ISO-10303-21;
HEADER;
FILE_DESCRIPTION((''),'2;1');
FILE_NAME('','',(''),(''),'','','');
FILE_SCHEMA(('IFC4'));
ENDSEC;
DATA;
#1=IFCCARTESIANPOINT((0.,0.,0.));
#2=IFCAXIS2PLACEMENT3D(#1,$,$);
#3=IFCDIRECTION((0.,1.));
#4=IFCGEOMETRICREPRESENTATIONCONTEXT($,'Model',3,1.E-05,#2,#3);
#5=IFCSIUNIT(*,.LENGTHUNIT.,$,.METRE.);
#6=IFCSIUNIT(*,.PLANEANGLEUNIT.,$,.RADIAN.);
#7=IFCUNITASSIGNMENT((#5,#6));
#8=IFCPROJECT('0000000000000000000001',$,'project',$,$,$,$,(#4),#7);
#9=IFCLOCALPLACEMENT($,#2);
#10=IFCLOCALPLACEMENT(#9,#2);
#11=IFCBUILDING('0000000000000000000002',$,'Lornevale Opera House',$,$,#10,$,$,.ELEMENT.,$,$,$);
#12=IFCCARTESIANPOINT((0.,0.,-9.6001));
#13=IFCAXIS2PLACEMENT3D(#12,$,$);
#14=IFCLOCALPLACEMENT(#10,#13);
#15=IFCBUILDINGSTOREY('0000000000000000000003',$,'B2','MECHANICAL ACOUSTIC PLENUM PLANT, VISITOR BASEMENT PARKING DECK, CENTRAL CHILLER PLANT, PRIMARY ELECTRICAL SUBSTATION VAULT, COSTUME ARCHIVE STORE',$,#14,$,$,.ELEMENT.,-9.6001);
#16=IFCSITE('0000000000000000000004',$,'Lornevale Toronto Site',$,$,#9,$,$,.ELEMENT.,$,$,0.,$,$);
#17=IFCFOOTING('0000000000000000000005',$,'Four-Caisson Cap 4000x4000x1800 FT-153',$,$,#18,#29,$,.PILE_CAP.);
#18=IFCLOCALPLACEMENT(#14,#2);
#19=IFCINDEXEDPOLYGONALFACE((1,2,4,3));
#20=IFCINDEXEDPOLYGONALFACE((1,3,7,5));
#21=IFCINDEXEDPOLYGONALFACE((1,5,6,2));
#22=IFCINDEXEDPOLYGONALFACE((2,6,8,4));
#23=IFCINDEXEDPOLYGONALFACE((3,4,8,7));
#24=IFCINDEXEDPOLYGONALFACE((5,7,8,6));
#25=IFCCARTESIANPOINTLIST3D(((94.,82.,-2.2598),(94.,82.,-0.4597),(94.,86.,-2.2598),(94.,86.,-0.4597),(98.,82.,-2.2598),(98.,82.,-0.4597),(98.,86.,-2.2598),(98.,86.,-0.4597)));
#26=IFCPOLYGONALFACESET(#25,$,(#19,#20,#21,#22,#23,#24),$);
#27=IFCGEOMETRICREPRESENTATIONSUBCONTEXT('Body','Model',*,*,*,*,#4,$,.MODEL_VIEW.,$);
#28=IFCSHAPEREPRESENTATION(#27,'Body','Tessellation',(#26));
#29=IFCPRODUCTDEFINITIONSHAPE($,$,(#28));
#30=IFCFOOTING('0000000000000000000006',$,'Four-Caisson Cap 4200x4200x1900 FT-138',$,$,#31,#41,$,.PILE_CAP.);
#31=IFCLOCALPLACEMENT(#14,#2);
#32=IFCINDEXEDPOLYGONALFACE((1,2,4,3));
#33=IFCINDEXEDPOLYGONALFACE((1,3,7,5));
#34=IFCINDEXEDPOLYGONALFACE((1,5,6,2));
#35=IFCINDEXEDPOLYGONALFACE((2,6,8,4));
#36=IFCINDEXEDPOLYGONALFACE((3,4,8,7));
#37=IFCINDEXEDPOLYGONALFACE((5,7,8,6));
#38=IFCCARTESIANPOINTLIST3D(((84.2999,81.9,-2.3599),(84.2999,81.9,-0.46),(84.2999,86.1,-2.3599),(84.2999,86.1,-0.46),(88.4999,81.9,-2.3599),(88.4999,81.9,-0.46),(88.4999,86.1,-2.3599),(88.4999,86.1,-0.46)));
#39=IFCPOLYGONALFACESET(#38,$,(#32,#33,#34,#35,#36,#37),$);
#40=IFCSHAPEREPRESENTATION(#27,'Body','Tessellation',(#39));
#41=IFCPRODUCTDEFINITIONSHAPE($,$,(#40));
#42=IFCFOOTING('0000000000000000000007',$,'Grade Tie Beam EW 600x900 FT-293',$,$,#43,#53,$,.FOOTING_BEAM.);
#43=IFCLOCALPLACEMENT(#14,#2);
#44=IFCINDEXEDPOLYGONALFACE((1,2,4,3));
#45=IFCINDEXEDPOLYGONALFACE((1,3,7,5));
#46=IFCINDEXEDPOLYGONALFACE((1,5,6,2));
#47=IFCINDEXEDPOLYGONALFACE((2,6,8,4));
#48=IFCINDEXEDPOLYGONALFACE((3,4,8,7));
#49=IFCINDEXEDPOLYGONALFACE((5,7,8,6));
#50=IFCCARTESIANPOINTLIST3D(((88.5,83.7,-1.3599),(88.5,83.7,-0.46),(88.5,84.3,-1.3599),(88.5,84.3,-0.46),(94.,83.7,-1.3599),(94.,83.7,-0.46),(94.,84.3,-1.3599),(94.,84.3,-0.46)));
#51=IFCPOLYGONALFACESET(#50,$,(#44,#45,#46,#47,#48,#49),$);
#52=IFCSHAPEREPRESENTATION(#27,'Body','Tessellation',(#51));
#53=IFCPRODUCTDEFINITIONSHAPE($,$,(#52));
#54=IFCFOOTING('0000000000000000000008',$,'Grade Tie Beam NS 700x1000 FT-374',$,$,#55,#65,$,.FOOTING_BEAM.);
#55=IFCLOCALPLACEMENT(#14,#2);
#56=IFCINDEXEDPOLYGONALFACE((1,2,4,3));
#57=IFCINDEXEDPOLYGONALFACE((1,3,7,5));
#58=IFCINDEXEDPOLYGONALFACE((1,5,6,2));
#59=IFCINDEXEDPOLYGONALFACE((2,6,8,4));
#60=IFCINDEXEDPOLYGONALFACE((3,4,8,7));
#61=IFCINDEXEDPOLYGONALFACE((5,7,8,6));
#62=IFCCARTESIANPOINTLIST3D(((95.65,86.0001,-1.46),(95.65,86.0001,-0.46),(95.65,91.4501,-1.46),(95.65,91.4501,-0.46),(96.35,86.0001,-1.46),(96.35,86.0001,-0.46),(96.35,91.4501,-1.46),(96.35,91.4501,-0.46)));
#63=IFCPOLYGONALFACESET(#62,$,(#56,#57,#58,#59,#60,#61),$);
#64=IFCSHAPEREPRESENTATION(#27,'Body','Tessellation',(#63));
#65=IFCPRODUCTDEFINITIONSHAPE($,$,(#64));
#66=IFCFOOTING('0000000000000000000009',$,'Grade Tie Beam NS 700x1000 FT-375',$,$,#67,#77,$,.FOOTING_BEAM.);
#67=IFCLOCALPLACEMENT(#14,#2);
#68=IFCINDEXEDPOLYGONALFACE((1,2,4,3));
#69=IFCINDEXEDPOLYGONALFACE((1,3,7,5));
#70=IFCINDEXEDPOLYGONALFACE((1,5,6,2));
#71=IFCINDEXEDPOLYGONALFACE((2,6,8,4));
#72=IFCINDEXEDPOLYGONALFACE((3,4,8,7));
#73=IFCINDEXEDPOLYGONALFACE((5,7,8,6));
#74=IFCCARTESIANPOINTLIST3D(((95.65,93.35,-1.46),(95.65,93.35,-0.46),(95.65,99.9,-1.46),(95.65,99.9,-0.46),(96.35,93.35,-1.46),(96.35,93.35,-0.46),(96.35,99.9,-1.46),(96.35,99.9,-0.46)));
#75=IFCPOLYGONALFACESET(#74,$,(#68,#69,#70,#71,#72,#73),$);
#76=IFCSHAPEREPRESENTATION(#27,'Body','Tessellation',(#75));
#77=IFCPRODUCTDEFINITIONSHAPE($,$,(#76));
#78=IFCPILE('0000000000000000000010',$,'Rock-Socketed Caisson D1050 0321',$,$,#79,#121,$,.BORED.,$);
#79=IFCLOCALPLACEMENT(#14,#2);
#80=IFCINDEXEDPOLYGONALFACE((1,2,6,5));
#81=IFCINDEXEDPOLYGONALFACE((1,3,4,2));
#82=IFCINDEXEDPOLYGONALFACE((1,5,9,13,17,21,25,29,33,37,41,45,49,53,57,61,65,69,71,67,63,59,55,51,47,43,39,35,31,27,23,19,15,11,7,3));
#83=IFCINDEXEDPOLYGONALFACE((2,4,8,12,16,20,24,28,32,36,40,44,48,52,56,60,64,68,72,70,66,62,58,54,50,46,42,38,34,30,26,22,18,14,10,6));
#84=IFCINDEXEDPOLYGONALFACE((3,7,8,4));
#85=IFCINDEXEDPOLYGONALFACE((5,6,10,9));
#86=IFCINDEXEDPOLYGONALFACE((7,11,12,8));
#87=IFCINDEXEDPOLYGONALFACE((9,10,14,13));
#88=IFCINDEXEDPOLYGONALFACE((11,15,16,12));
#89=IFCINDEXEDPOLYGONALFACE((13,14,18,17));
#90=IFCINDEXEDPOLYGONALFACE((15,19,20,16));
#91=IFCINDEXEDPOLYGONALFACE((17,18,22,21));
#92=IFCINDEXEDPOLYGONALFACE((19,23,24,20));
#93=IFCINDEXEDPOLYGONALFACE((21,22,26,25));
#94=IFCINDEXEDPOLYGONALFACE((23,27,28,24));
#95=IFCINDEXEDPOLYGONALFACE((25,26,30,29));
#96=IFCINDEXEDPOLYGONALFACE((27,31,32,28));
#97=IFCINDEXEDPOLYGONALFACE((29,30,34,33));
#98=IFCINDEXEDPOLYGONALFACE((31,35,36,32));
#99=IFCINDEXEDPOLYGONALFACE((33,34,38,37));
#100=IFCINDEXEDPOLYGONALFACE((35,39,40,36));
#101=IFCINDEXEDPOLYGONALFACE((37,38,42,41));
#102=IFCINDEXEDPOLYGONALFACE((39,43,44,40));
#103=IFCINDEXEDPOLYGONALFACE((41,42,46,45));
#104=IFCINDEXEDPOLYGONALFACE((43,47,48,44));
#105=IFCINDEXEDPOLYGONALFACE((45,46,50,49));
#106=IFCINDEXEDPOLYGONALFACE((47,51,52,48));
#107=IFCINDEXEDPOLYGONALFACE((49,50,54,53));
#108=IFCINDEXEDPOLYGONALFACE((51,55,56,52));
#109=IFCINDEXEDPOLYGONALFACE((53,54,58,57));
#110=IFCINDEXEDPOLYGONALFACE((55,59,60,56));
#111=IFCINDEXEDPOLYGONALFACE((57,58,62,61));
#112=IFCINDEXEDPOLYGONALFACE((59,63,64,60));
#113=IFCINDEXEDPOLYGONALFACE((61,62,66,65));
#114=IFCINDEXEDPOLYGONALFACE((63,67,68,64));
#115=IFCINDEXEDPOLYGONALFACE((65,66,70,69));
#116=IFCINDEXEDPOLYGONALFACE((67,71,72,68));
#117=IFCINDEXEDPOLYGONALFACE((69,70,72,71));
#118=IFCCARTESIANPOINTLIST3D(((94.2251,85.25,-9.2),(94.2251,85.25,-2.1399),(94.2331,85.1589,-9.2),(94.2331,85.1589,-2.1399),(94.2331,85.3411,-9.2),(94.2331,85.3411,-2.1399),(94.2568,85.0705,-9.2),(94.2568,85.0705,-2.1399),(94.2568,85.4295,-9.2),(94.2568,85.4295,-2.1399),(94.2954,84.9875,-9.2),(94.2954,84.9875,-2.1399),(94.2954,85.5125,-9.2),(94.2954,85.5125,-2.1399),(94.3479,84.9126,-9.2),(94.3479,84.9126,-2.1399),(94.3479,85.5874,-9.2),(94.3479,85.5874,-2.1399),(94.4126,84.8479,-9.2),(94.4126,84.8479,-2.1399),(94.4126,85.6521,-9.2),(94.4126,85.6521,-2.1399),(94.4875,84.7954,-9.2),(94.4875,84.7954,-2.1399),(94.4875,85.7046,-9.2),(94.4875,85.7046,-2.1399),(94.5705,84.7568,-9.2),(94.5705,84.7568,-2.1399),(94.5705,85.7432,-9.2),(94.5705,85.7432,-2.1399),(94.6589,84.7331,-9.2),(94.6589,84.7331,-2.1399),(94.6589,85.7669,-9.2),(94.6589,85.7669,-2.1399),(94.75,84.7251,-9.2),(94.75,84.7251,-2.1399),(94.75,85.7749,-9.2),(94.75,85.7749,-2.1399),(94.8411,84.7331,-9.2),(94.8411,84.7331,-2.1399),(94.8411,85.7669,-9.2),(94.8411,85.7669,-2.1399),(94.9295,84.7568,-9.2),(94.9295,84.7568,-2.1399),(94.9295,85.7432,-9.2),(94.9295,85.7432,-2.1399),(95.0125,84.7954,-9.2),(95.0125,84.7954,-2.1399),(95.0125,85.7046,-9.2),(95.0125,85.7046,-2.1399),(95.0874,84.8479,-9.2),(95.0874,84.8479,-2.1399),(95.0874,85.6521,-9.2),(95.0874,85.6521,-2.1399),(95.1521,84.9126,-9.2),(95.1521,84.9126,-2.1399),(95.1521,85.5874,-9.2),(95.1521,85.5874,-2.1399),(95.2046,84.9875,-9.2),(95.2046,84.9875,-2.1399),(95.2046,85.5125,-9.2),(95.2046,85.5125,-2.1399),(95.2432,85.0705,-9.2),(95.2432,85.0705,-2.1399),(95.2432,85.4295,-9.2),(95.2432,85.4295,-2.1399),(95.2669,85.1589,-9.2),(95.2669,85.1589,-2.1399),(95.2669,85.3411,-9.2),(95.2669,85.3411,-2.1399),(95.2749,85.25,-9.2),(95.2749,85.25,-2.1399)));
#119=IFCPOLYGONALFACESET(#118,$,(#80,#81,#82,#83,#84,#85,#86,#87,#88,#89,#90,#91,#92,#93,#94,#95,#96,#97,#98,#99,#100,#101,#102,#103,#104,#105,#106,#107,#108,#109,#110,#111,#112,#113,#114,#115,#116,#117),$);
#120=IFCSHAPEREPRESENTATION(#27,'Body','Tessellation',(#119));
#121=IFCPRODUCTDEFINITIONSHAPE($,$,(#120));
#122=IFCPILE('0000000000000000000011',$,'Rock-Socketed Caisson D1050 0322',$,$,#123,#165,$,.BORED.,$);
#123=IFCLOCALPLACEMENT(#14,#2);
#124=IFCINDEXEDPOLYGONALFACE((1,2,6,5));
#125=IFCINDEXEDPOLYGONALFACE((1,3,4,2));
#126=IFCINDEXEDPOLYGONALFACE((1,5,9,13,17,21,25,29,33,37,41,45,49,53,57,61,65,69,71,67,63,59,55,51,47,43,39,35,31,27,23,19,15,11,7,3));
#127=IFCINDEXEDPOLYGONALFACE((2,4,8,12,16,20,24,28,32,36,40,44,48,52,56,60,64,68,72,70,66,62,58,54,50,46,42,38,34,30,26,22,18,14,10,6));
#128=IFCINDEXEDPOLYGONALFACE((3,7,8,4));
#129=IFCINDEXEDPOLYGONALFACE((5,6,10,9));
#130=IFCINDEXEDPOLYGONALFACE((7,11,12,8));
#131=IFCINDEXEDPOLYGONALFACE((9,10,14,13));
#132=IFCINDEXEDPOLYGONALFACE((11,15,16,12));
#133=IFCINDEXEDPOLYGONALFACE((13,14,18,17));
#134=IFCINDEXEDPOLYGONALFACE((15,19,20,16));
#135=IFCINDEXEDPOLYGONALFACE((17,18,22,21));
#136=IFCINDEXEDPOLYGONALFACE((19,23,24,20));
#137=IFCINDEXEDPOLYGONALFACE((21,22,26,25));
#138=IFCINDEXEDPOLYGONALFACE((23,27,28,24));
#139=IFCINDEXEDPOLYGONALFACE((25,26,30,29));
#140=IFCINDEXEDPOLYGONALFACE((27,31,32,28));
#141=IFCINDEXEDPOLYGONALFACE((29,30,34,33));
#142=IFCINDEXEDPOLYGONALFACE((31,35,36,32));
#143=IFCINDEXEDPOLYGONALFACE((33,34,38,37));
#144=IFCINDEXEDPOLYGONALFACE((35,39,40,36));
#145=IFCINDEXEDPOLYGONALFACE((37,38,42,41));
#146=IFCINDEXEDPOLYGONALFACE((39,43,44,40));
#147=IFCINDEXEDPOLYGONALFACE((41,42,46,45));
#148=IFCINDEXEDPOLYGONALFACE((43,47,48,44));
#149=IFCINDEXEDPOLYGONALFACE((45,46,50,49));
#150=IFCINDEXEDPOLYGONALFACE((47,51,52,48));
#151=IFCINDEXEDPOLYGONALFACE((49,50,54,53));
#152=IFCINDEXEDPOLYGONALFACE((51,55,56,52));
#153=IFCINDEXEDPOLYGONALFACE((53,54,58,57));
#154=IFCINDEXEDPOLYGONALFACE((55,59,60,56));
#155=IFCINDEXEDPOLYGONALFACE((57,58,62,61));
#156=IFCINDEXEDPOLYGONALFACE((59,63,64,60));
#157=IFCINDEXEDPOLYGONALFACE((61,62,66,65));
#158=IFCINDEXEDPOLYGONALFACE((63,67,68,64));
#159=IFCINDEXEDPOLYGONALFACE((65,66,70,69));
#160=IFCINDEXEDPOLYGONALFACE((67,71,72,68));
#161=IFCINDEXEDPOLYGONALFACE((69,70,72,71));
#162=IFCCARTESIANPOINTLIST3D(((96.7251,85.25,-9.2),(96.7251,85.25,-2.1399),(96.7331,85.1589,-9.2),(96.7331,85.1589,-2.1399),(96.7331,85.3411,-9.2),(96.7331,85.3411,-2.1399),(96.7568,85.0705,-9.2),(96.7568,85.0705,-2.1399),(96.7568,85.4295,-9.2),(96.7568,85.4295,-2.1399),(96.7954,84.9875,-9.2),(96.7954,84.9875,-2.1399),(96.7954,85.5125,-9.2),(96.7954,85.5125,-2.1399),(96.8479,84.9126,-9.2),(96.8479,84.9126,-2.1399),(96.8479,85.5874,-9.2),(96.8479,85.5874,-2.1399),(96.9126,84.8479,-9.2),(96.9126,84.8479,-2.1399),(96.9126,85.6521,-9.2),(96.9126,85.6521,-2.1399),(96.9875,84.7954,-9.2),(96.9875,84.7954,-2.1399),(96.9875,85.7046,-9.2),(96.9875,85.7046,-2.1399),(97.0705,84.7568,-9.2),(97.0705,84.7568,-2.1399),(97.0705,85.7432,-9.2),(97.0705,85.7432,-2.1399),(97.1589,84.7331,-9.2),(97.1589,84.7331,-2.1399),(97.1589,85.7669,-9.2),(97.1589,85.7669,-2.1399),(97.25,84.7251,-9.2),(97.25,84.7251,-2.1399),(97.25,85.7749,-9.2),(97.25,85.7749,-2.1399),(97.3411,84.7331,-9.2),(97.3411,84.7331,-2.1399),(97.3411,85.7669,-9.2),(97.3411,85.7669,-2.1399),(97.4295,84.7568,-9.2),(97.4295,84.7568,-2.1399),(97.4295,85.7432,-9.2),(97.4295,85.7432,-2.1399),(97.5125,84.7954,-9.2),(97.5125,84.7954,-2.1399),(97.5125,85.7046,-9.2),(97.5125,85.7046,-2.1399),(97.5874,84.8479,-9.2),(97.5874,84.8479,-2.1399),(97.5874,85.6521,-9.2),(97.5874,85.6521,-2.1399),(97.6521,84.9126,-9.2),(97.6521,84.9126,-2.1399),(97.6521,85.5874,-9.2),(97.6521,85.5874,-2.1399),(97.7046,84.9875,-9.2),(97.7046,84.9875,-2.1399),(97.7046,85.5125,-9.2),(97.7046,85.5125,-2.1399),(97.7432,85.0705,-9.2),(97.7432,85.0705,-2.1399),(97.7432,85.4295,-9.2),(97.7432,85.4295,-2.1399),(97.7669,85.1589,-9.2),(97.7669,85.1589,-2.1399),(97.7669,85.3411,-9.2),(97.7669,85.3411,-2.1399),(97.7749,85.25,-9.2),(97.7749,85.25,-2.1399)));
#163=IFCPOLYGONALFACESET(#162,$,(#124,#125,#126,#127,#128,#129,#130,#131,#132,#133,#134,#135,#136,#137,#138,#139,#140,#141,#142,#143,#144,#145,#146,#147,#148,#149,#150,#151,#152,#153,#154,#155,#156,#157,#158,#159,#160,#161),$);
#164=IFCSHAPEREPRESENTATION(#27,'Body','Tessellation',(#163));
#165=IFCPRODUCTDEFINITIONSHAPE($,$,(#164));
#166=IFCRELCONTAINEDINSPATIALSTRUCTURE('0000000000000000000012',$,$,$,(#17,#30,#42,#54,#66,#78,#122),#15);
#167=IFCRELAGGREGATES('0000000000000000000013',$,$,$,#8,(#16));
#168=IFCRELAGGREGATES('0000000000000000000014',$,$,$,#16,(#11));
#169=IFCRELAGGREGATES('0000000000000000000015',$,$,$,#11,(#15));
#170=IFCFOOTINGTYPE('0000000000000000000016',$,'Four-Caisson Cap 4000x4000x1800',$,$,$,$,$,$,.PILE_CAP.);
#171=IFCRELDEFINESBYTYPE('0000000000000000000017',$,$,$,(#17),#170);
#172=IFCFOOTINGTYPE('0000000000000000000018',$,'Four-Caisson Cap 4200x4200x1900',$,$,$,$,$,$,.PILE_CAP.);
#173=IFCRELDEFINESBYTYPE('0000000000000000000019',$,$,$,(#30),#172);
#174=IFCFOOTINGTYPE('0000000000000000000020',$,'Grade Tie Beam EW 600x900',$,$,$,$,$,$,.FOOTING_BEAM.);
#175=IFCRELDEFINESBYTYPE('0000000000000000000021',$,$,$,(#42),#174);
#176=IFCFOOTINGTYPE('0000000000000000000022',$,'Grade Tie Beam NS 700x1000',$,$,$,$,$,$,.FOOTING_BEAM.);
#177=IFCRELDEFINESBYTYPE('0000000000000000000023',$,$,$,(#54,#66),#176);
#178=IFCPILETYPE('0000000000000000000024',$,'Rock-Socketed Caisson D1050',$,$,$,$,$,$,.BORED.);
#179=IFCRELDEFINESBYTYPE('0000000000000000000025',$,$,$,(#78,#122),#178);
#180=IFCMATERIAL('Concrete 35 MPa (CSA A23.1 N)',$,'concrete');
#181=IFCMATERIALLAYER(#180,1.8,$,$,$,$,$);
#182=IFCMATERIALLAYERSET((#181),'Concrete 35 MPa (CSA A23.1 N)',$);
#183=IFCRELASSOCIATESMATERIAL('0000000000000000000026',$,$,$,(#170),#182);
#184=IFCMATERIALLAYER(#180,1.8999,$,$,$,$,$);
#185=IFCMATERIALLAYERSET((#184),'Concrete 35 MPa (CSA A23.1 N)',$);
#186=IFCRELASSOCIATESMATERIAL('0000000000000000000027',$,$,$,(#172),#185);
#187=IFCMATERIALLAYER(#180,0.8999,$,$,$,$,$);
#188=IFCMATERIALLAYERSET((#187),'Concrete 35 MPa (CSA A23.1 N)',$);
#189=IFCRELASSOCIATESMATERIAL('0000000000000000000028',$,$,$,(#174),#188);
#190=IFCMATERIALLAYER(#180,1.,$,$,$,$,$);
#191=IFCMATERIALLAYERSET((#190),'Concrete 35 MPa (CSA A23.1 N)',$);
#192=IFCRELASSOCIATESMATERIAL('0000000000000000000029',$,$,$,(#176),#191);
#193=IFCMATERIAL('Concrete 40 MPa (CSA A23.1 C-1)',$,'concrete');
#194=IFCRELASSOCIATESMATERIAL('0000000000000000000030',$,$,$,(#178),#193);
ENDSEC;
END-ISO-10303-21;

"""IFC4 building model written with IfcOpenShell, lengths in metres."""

from ifc_helpers import new_model, si_unit, direction, frame, origin, origin_2d, place, context, subcontext, project, spatial, rectangle, circle, extrude, material, layer, layer_set, material_profile, profile_set, type_object, element, save


model = new_model("IFC4")

# Units and contexts
model_context = context("Model", 3, precision=1e-05, world=origin(), true_north=direction((0.0, 1.0)))
body_context = subcontext(model_context, "Body", "Model", "MODEL_VIEW")
ifc_project = project(units=[si_unit("LENGTHUNIT", "METRE"), si_unit("PLANEANGLEUNIT", "RADIAN")], contexts=[model_context])

# Site, building, storey
site_placement = place(None, origin())
site = spatial("IfcSite", under=ifc_project, at=site_placement, Name="Lornevale Toronto Site", CompositionType="ELEMENT", RefElevation=0.0)
building_placement = place(site_placement, origin())
building = spatial("IfcBuilding", under=site, at=building_placement, Name="Lornevale Opera House", CompositionType="ELEMENT")
storey_placement = place(building_placement, frame((0.0, 0.0, -9.6001)))
storey = spatial("IfcBuildingStorey", under=building, at=storey_placement, Name="B2", Description="MECHANICAL ACOUSTIC PLENUM PLANT, VISITOR BASEMENT PARKING DECK, CENTRAL CHILLER PLANT, PRIMARY ELECTRICAL SUBSTATION VAULT, COSTUME ARCHIVE STORE", CompositionType="ELEMENT", Elevation=-9.6001)

# Footings
ifc_material_1 = material(Name="Concrete 35 MPa (CSA A23.1 N)", Category="concrete")
ifc_layer_1 = layer(ifc_material_1, 1.8)
ifc_layer_set_1 = layer_set([ifc_layer_1], Name="Concrete 35 MPa (CSA A23.1 N)")
footing_type_1 = type_object("IfcFootingType", Name="Four-Caisson Cap 4000x4000x1800", PredefinedType="PILE_CAP", material=ifc_layer_set_1)
footing_1_placement = place(storey_placement, frame((96.0, 84.0, -2.2598), z_axis=(0.0, 0.0, 1.0), x_axis=(1.0, 0.0, 0.0)))
element("IfcFooting", 1, at=footing_1_placement, inside=storey, type_object=footing_type_1, Name="Four-Caisson Cap 4000x4000x1800 FT-153", PredefinedType="PILE_CAP", context=body_context, shape_type="SweptSolid", body=[
    extrude(rectangle(XDim=4.0, YDim=4.0, at=origin_2d()), origin(), (0.0, 0.0, 1.0), 1.8),
])
ifc_layer_2 = layer(ifc_material_1, 1.8999)
ifc_layer_set_2 = layer_set([ifc_layer_2], Name="Concrete 35 MPa (CSA A23.1 N)")
footing_type_2 = type_object("IfcFootingType", Name="Four-Caisson Cap 4200x4200x1900", PredefinedType="PILE_CAP", material=ifc_layer_set_2)
footing_2_placement = place(storey_placement, frame((86.3999, 84.0, -2.3599), z_axis=(0.0, 0.0, 1.0), x_axis=(1.0, 0.0, 0.0)))
element("IfcFooting", 2, at=footing_2_placement, inside=storey, type_object=footing_type_2, Name="Four-Caisson Cap 4200x4200x1900 FT-138", PredefinedType="PILE_CAP", context=body_context, shape_type="SweptSolid", body=[
    extrude(rectangle(XDim=4.2, YDim=4.2, at=origin_2d()), origin(), (0.0, 0.0, 1.0), 1.8999),
])
ifc_layer_3 = layer(ifc_material_1, 0.8999)
ifc_layer_set_3 = layer_set([ifc_layer_3], Name="Concrete 35 MPa (CSA A23.1 N)")
footing_type_3 = type_object("IfcFootingType", Name="Grade Tie Beam EW 600x900", PredefinedType="FOOTING_BEAM", material=ifc_layer_set_3)
footing_3_placement = place(storey_placement, frame((91.25, 84.0, -1.3599), z_axis=(0.0, 0.0, 1.0), x_axis=(1.0, 0.0, 0.0)))
element("IfcFooting", 3, at=footing_3_placement, inside=storey, type_object=footing_type_3, Name="Grade Tie Beam EW 600x900 FT-293", PredefinedType="FOOTING_BEAM", context=body_context, shape_type="SweptSolid", body=[
    extrude(rectangle(XDim=5.5, YDim=0.6001, at=origin_2d()), origin(), (0.0, 0.0, 1.0), 0.8999),
])
ifc_layer_4 = layer(ifc_material_1, 1.0)
ifc_layer_set_4 = layer_set([ifc_layer_4], Name="Concrete 35 MPa (CSA A23.1 N)")
footing_type_4 = type_object("IfcFootingType", Name="Grade Tie Beam NS 700x1000", PredefinedType="FOOTING_BEAM", material=ifc_layer_set_4)
footing_4_placement = place(storey_placement, frame((96.0, 88.7251, -1.46), z_axis=(0.0, 0.0, 1.0), x_axis=(1.0, 0.0, 0.0)))
element("IfcFooting", 4, at=footing_4_placement, inside=storey, type_object=footing_type_4, Name="Grade Tie Beam NS 700x1000 FT-374", PredefinedType="FOOTING_BEAM", context=body_context, shape_type="SweptSolid", body=[
    extrude(rectangle(XDim=0.7, YDim=5.45, at=origin_2d()), origin(), (0.0, 0.0, 1.0), 1.0),
])
footing_5_placement = place(storey_placement, frame((96.0, 96.625, -1.46), z_axis=(0.0, 0.0, 1.0), x_axis=(1.0, 0.0, 0.0)))
element("IfcFooting", 5, at=footing_5_placement, inside=storey, type_object=footing_type_4, Name="Grade Tie Beam NS 700x1000 FT-375", PredefinedType="FOOTING_BEAM", context=body_context, shape_type="SweptSolid", body=[
    extrude(rectangle(XDim=0.7, YDim=6.55, at=origin_2d()), origin(), (0.0, 0.0, 1.0), 1.0),
])

# Piles
ifc_material_2 = material(Name="Concrete 40 MPa (CSA A23.1 C-1)", Category="concrete")
ifc_material_profile_1 = material_profile(ifc_material_2, circle(Radius=0.5249, at=origin_2d()), Name="CAIS1050")
ifc_profile_set_1 = profile_set([ifc_material_profile_1], Name="Concrete 40 MPa (CSA A23.1 C-1)")
pile_type_1 = type_object("IfcPileType", Name="Rock-Socketed Caisson D1050", PredefinedType="BORED", material=ifc_profile_set_1)
for number, where, z_axis, x_axis, name in (
    (6, (94.75, 85.25, -2.1399), (0.0, 0.0, -1.0), (1.0, 0.0, 0.0), "Rock-Socketed Caisson D1050 0321"),
    (7, (97.25, 85.25, -2.1399), (0.0, 0.0, -1.0), (1.0, 0.0, 0.0), "Rock-Socketed Caisson D1050 0322"),
):
    element("IfcPile", number, at=place(storey_placement, frame(where, z_axis=z_axis, x_axis=x_axis)), inside=storey, type_object=pile_type_1, Name=name, PredefinedType="BORED", context=body_context, shape_type="SweptSolid", body=[
        extrude(circle(Radius=0.5249, at=origin_2d()), origin(), (0.0, 0.0, 1.0), 7.0601),
    ])

save(model, "model.ifc")
